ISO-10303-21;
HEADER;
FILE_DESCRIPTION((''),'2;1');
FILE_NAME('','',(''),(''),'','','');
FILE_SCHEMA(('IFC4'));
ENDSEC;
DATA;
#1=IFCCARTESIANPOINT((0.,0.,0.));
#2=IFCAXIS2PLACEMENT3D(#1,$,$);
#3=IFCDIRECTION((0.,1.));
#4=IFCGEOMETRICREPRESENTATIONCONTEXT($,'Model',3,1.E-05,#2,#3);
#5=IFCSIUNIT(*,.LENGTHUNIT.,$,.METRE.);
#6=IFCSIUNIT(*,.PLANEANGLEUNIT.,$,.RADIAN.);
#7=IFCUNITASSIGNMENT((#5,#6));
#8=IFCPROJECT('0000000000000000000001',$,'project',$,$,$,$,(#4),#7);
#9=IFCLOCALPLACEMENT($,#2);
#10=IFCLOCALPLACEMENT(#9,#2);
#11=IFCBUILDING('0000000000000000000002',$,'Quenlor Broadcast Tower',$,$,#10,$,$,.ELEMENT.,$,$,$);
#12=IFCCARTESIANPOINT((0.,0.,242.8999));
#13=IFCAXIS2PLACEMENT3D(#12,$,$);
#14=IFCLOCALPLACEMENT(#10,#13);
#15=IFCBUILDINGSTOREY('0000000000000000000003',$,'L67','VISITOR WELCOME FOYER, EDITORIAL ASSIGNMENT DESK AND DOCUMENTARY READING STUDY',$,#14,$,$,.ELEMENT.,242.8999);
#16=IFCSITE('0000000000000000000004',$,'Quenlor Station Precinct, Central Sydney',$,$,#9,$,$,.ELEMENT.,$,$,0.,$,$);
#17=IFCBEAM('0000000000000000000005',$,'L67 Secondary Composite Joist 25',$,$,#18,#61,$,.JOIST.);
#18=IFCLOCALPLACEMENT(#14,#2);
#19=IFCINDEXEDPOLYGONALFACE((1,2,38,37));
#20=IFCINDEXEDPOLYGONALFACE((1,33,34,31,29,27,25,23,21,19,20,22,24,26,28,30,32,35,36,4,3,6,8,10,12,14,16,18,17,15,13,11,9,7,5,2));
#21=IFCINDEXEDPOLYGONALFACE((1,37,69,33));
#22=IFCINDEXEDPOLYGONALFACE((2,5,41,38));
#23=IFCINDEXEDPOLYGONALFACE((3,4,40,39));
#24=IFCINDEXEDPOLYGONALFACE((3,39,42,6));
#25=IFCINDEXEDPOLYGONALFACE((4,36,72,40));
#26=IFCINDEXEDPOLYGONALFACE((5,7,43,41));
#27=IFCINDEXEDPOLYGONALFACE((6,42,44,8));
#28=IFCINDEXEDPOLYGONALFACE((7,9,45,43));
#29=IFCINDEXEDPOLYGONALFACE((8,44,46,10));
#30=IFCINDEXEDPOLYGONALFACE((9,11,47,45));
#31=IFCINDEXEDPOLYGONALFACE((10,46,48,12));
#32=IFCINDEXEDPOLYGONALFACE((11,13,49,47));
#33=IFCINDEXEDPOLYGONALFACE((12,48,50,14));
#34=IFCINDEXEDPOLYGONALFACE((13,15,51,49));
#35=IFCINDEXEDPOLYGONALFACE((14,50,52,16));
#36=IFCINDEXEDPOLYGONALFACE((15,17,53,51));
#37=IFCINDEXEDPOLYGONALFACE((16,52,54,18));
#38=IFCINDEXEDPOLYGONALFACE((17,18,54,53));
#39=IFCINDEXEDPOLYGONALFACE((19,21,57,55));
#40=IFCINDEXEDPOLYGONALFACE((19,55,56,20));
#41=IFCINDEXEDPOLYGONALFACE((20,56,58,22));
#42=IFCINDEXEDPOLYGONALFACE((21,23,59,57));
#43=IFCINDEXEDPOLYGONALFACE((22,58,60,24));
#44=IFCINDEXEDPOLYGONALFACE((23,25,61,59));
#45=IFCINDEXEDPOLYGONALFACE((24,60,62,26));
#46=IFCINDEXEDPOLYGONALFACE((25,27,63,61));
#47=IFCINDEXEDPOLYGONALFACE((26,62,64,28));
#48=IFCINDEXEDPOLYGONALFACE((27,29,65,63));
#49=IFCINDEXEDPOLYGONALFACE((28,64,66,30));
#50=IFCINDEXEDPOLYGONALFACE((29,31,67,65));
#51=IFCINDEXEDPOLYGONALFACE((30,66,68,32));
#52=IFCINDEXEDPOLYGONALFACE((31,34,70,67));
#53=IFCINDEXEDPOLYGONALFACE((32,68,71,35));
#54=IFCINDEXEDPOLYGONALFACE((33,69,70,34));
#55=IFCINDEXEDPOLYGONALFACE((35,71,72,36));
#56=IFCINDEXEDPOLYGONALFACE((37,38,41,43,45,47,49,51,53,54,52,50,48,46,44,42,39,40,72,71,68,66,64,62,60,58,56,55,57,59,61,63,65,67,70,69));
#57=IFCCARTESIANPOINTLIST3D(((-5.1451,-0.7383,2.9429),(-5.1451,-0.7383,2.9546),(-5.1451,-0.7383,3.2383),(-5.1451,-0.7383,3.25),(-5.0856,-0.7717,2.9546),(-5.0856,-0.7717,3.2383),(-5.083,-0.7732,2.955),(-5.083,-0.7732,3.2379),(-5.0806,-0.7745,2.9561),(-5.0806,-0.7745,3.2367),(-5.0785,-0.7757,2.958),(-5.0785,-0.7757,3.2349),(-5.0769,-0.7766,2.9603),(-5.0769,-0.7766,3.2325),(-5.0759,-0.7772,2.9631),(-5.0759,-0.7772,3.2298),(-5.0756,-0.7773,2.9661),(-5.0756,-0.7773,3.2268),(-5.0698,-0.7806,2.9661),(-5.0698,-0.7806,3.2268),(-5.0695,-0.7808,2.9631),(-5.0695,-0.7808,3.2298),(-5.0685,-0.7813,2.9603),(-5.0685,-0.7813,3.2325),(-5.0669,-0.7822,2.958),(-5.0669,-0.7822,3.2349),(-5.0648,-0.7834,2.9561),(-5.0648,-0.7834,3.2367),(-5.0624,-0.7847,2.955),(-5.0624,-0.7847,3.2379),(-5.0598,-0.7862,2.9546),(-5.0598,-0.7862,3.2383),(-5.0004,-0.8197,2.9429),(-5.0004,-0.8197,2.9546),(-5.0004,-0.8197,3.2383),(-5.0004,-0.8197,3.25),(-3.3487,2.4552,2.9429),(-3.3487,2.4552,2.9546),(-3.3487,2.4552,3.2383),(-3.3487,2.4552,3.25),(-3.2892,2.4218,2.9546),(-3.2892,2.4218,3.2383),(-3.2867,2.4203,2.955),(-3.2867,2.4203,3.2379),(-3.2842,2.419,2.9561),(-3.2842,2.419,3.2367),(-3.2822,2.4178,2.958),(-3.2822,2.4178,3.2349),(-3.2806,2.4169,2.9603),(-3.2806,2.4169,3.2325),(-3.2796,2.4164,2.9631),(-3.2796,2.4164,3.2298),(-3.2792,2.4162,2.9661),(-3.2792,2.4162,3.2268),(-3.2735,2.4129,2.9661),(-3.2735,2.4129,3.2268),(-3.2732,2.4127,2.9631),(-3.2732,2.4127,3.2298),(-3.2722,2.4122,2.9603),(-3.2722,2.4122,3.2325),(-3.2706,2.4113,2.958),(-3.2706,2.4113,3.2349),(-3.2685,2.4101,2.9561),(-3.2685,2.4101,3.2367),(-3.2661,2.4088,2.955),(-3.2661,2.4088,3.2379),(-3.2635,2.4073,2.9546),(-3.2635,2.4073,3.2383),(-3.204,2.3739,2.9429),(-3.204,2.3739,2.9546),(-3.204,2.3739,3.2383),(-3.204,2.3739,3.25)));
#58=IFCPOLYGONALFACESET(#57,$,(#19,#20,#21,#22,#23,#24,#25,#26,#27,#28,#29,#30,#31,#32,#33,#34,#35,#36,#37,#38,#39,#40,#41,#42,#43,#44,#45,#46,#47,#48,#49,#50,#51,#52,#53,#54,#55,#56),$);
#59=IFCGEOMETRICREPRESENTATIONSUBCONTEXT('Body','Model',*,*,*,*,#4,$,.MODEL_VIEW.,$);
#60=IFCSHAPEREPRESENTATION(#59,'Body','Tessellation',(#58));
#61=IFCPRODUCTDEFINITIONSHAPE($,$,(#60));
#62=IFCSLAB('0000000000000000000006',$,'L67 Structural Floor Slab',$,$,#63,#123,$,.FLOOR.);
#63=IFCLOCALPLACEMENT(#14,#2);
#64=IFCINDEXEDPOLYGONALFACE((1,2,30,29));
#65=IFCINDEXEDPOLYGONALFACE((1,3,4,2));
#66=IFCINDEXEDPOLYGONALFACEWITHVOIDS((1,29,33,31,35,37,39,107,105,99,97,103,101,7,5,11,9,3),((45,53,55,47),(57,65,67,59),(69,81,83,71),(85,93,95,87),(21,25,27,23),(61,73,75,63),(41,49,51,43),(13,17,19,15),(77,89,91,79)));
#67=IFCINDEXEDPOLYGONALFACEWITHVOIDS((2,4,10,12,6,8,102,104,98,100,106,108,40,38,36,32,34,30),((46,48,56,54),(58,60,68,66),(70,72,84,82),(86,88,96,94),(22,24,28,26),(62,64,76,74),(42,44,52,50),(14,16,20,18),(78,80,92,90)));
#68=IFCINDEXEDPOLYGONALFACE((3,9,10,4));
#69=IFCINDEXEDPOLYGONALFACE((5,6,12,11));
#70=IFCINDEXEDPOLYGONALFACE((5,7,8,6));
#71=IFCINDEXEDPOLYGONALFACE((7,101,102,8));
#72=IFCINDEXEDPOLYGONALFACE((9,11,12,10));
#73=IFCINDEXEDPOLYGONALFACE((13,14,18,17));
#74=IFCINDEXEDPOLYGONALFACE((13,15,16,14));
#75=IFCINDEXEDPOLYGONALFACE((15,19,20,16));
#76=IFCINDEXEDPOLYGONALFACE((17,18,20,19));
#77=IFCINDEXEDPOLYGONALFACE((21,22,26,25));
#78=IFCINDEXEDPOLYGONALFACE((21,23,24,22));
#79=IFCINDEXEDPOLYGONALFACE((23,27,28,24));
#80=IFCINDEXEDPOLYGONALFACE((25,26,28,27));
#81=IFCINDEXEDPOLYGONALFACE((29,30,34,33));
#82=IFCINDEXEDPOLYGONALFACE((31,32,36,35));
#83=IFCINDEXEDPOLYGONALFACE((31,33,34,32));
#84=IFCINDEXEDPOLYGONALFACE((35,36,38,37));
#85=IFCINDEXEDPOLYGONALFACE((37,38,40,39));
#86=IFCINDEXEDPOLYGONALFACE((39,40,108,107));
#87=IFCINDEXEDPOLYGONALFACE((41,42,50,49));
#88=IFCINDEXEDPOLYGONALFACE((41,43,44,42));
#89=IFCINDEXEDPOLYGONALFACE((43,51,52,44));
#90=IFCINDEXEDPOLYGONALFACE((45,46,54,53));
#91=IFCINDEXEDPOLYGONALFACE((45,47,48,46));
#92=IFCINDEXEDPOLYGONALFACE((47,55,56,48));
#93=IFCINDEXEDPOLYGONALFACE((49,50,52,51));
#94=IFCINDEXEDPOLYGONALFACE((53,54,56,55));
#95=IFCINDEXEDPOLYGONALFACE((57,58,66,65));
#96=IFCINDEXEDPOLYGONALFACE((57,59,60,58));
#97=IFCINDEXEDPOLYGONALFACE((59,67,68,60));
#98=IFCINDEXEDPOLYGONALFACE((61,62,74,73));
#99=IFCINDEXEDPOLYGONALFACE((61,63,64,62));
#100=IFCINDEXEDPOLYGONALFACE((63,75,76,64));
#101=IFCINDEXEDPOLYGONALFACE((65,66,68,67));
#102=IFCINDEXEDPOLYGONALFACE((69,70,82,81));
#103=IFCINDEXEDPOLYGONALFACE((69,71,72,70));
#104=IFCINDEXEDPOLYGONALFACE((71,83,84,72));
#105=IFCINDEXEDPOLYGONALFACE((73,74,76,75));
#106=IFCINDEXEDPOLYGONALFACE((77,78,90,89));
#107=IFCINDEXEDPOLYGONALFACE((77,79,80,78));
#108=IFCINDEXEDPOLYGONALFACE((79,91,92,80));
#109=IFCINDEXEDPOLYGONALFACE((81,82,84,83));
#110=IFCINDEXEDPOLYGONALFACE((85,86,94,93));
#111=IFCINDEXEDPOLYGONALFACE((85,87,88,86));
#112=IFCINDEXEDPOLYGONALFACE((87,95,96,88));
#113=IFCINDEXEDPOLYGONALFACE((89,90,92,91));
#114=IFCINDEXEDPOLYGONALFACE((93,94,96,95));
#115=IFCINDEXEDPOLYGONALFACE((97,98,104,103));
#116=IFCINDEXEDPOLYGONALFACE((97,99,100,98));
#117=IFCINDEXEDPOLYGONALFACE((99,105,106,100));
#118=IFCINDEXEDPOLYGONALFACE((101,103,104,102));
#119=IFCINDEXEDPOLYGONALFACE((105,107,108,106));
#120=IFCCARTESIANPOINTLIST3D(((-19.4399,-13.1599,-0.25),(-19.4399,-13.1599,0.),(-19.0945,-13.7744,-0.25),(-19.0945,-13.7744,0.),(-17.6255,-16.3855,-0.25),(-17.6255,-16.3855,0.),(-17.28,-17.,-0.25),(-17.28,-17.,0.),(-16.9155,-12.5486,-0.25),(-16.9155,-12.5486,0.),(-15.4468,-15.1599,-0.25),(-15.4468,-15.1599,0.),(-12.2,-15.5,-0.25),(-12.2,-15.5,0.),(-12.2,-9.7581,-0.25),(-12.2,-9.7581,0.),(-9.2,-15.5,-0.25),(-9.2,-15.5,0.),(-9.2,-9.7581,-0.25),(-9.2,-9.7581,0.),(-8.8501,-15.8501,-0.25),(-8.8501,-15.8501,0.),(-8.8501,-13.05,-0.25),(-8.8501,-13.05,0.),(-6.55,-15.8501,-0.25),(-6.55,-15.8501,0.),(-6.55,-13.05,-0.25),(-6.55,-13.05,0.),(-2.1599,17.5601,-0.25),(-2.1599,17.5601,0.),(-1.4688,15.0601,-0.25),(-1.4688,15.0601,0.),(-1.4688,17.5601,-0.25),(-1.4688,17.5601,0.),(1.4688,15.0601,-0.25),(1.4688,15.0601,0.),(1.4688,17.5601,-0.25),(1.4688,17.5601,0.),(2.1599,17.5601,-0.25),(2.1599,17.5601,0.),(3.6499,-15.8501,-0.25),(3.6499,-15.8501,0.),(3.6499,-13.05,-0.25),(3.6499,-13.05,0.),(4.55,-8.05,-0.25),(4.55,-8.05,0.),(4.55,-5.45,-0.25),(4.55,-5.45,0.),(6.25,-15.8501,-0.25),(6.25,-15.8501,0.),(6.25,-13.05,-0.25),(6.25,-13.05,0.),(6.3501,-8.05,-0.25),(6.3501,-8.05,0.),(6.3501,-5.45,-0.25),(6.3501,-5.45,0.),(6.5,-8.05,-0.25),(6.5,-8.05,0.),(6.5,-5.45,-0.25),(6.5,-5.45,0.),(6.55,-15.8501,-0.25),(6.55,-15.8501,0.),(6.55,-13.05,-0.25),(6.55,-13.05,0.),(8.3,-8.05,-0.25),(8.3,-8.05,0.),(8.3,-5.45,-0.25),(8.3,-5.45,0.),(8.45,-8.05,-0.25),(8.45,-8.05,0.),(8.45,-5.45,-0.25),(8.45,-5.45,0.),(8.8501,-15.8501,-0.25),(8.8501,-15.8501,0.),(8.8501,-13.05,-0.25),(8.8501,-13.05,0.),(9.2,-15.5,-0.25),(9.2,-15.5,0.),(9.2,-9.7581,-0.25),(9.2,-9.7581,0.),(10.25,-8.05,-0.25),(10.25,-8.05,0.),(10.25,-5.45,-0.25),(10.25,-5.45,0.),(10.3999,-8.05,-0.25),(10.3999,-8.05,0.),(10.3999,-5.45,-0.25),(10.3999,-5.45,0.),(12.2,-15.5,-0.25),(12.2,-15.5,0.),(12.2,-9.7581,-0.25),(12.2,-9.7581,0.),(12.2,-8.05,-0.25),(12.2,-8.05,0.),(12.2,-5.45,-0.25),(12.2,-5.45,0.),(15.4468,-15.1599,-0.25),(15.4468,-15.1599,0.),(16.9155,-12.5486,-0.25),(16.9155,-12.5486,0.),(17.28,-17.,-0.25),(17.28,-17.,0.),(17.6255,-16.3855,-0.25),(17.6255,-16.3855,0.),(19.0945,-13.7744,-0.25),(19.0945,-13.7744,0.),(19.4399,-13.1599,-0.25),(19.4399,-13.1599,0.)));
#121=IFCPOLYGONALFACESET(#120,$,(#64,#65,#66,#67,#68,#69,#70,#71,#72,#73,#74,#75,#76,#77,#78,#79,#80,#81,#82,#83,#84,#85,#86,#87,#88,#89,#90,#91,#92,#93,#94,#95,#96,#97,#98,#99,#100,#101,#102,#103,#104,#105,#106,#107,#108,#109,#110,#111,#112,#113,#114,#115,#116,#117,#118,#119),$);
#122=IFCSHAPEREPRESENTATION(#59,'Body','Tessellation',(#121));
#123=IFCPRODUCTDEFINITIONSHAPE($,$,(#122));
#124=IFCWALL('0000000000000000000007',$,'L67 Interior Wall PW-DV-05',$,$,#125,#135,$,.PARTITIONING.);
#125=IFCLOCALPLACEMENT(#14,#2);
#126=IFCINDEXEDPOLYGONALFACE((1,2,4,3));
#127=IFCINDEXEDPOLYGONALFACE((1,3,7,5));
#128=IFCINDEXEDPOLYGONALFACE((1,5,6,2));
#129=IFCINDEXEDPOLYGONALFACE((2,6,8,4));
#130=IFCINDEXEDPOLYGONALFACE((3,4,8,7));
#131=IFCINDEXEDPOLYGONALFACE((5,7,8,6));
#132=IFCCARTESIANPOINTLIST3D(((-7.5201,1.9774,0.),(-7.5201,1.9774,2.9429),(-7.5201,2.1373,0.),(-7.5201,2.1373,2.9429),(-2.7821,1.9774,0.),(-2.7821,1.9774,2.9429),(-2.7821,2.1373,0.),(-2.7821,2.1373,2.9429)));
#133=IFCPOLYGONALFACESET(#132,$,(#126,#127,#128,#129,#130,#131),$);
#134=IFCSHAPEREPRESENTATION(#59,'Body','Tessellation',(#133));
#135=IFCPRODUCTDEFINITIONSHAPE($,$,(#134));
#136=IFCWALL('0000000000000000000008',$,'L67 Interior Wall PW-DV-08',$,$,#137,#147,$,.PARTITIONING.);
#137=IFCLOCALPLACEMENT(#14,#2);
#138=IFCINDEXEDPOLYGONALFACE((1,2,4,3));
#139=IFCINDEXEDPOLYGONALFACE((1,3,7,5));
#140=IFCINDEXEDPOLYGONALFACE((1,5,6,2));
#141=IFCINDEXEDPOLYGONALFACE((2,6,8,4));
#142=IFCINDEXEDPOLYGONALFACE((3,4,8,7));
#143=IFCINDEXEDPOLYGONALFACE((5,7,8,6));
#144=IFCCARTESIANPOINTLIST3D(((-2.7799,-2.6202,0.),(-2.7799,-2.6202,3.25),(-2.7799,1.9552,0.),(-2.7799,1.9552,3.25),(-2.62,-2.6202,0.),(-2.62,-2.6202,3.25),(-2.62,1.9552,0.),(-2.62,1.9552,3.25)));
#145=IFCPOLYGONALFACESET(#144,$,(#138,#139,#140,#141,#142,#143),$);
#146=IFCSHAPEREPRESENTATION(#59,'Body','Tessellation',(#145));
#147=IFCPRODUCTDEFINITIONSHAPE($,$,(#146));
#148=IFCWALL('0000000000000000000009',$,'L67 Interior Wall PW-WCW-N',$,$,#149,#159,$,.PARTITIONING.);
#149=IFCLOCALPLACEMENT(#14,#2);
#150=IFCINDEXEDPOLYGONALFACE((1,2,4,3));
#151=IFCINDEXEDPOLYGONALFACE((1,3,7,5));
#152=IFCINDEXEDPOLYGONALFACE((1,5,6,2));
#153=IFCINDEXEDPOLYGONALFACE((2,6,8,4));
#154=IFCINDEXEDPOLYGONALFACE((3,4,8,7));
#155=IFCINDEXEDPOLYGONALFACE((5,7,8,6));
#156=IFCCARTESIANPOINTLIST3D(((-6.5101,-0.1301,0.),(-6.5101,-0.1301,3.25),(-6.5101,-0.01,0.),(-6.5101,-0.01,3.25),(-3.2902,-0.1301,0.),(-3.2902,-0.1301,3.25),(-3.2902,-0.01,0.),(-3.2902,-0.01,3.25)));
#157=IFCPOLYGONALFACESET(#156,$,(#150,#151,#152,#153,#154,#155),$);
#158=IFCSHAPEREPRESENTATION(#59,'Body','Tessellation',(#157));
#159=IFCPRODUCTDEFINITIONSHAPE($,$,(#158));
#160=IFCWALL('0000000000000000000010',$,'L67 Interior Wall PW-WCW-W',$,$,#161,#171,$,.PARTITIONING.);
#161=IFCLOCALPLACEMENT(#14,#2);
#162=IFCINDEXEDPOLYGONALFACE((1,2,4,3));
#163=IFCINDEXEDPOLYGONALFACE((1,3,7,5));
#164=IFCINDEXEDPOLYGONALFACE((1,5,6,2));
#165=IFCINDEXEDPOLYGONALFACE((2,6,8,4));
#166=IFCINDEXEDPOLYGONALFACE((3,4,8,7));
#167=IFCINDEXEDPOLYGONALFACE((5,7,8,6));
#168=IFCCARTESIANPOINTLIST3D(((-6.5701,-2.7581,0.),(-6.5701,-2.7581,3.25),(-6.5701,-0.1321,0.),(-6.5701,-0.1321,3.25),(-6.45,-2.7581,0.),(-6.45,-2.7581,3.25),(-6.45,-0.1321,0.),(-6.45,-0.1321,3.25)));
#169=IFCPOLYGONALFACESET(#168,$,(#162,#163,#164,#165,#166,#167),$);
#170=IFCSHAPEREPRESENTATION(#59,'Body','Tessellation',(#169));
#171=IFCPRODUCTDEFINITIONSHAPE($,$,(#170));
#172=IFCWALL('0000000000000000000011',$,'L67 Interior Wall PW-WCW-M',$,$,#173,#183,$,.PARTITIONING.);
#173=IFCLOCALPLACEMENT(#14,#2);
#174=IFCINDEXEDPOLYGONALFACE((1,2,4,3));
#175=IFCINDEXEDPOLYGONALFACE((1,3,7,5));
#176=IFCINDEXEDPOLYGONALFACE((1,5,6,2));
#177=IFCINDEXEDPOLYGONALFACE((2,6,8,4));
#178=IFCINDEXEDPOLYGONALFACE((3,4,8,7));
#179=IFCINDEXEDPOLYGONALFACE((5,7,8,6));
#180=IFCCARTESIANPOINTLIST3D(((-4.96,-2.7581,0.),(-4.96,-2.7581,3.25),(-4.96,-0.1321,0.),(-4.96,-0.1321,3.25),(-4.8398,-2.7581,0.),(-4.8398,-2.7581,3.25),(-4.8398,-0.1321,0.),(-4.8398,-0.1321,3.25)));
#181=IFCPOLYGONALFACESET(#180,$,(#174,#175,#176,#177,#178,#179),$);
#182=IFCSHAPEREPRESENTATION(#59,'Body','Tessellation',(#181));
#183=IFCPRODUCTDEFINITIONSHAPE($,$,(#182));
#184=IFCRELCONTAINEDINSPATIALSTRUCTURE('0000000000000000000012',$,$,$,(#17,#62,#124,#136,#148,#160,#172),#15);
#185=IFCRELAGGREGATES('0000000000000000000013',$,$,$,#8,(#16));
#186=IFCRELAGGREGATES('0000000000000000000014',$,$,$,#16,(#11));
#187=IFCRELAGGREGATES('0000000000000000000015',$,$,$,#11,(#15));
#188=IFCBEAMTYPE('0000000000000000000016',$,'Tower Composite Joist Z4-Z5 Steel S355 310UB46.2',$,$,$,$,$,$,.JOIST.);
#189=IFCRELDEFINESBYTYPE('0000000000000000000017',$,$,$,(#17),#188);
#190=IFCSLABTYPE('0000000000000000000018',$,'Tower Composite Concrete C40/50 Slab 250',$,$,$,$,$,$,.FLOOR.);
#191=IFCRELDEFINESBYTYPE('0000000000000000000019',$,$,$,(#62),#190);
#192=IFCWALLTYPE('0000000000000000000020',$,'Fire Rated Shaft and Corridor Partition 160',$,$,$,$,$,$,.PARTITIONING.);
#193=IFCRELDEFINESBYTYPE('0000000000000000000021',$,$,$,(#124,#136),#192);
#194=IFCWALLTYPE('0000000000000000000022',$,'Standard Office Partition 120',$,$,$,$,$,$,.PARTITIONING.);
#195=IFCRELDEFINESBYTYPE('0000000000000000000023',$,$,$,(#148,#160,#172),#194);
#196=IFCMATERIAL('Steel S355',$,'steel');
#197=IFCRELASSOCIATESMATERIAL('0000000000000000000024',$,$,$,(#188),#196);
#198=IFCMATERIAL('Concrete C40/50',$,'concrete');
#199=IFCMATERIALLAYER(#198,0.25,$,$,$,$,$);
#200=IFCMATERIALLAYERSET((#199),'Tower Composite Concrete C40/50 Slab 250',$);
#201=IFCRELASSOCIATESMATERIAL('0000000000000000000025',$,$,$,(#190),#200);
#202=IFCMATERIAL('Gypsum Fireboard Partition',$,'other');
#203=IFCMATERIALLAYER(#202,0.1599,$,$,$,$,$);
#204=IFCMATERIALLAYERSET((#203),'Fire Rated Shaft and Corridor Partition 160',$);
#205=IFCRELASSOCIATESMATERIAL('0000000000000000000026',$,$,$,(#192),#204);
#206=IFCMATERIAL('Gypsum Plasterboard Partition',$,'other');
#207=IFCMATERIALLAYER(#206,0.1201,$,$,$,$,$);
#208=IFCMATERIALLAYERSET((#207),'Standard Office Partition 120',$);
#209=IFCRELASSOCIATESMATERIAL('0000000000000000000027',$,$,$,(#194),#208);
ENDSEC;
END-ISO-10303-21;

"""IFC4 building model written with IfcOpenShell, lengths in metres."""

from ifc_helpers import new_model, si_unit, direction, frame, frame_2d, origin, origin_2d, place, context, subcontext, project, spatial, polyline, rectangle, i_section, outline, extrude, material, layer, layer_set, material_profile, profile_set, type_object, element, save


model = new_model("IFC4")

# Units and contexts
model_context = context("Model", 3, precision=1e-05, world=origin(), true_north=direction((0.0, 1.0)))
body_context = subcontext(model_context, "Body", "Model", "MODEL_VIEW")
ifc_project = project(units=[si_unit("LENGTHUNIT", "METRE"), si_unit("PLANEANGLEUNIT", "RADIAN")], contexts=[model_context])

# Site, building, storey
site_placement = place(None, origin())
site = spatial("IfcSite", under=ifc_project, at=site_placement, Name="Quenlor Station Precinct, Central Sydney", CompositionType="ELEMENT", RefElevation=0.0)
building_placement = place(site_placement, origin())
building = spatial("IfcBuilding", under=site, at=building_placement, Name="Quenlor Broadcast Tower", CompositionType="ELEMENT")
storey_placement = place(building_placement, frame((0.0, 0.0, 242.8999)))
storey = spatial("IfcBuildingStorey", under=building, at=storey_placement, Name="L67", Description="VISITOR WELCOME FOYER, EDITORIAL ASSIGNMENT DESK AND DOCUMENTARY READING STUDY", CompositionType="ELEMENT", Elevation=242.8999)

# Beam
ifc_material_1 = material(Name="Steel S355", Category="steel")
ifc_material_profile = material_profile(ifc_material_1, i_section(OverallWidth=0.166, OverallDepth=0.3071, WebThickness=0.0066, FlangeThickness=0.0117, FilletRadius=0.0115, at=origin_2d()))
ifc_profile_set = profile_set([ifc_material_profile], Name="Steel S355 310UB46.2")
beam_type = type_object("IfcBeamType", Name="Tower Composite Joist Z4-Z5 Steel S355 310UB46.2", PredefinedType="JOIST", material=ifc_profile_set)
beam_1_placement = place(storey_placement, frame((-3.2764, 2.4146, 3.0964), z_axis=(-0.490258, -0.871577, 0.0), x_axis=(0.871577, -0.490258, 0.0)))
element("IfcBeam", 1, at=beam_1_placement, inside=storey, type_object=beam_type, Name="L67 Secondary Composite Joist 25", PredefinedType="JOIST", context=body_context, shape_type="SweptSolid", body=[
    extrude(i_section(OverallWidth=0.166, OverallDepth=0.3071, WebThickness=0.0066, FlangeThickness=0.0117, FilletRadius=0.0115, at=origin_2d()), origin(), (0.0, 0.0, 1.0), 3.6641),
])

# Slab
ifc_material_2 = material(Name="Concrete C40/50", Category="concrete")
ifc_layer_1 = layer(ifc_material_2, 0.25)
ifc_layer_set_1 = layer_set([ifc_layer_1], Name="Tower Composite Concrete C40/50 Slab 250")
slab_type = type_object("IfcSlabType", Name="Tower Composite Concrete C40/50 Slab 250", PredefinedType="FLOOR", material=ifc_layer_set_1)
slab_placement = place(storey_placement, frame((0.0, 0.0, -0.25)))
element("IfcSlab", 2, at=slab_placement, inside=storey, type_object=slab_type, Name="L67 Structural Floor Slab", PredefinedType="FLOOR", context=body_context, shape_type="SweptSolid", body=[
    extrude(outline(polyline([(17.28, -17.0), (17.6255, -16.3855), (15.4468, -15.1599), (16.9155, -12.5486), (19.0945, -13.7744), (19.4399, -13.1599), (2.1599, 17.5601), (1.4688, 17.5601), (1.4688, 15.0601), (-1.4688, 15.0601), (-1.4688, 17.5601), (-2.1599, 17.5601), (-19.4399, -13.1599), (-19.0945, -13.7744), (-16.9155, -12.5486), (-15.4468, -15.1599), (-17.6255, -16.3855), (-17.28, -17.0), (17.28, -17.0)]), holes=[polyline([(-12.2, -9.7581), (-12.2, -15.5), (-9.2, -15.5), (-9.2, -9.7581), (-12.2, -9.7581)]), polyline([(9.2, -9.7581), (9.2, -15.5), (12.2, -15.5), (12.2, -9.7581), (9.2, -9.7581)]), polyline([(4.55, -8.05), (6.3501, -8.05), (6.3501, -5.45), (4.55, -5.45), (4.55, -8.05)]), polyline([(6.5, -8.05), (8.3, -8.05), (8.3, -5.45), (6.5, -5.45), (6.5, -8.05)]), polyline([(8.45, -8.05), (10.25, -8.05), (10.25, -5.45), (8.45, -5.45), (8.45, -8.05)]), polyline([(10.3999, -8.05), (12.2, -8.05), (12.2, -5.45), (10.3999, -5.45), (10.3999, -8.05)]), polyline([(-8.8501, -15.8501), (-6.55, -15.8501), (-6.55, -13.05), (-8.8501, -13.05), (-8.8501, -15.8501)]), polyline([(6.55, -15.8501), (8.8501, -15.8501), (8.8501, -13.05), (6.55, -13.05), (6.55, -15.8501)]), polyline([(3.6499, -15.8501), (6.25, -15.8501), (6.25, -13.05), (3.6499, -13.05), (3.6499, -15.8501)])]), origin(), (0.0, 0.0, 1.0), 0.25),
])

# Walls
ifc_material_3 = material(Name="Gypsum Fireboard Partition", Category="other")
ifc_layer_2 = layer(ifc_material_3, 0.1599)
ifc_layer_set_2 = layer_set([ifc_layer_2], Name="Fire Rated Shaft and Corridor Partition 160")
wall_type_1 = type_object("IfcWallType", Name="Fire Rated Shaft and Corridor Partition 160", PredefinedType="PARTITIONING", material=ifc_layer_set_2)
wall_1_placement = place(storey_placement, frame((-2.782, 2.0574, 0.0), z_axis=(0.0, 0.0, 1.0), x_axis=(-1.0, 0.0, 0.0)))
element("IfcWall", 3, at=wall_1_placement, inside=storey, type_object=wall_type_1, Name="L67 Interior Wall PW-DV-05", PredefinedType="PARTITIONING", context=body_context, shape_type="SweptSolid", body=[
    extrude(rectangle(XDim=4.738, YDim=0.1599, at=frame_2d((2.3691, 0.0))), origin(), (0.0, 0.0, 1.0), 2.9429),
])
wall_2_placement = place(storey_placement, frame((-2.7, -2.6201, 0.0), z_axis=(0.0, 0.0, 1.0), x_axis=(0.0, 1.0, 0.0)))
element("IfcWall", 4, at=wall_2_placement, inside=storey, type_object=wall_type_1, Name="L67 Interior Wall PW-DV-08", PredefinedType="PARTITIONING", context=body_context, shape_type="SweptSolid", body=[
    extrude(rectangle(XDim=4.5754, YDim=0.1599, at=frame_2d((2.2876, 0.0))), origin(), (0.0, 0.0, 1.0), 3.25),
])
ifc_material_4 = material(Name="Gypsum Plasterboard Partition", Category="other")
ifc_layer_3 = layer(ifc_material_4, 0.1201)
ifc_layer_set_3 = layer_set([ifc_layer_3], Name="Standard Office Partition 120")
wall_type_2 = type_object("IfcWallType", Name="Standard Office Partition 120", PredefinedType="PARTITIONING", material=ifc_layer_set_3)
wall_3_placement = place(storey_placement, frame((-6.51, -0.0701, 0.0), z_axis=(0.0, 0.0, 1.0), x_axis=(1.0, 0.0, 0.0)))
element("IfcWall", 5, at=wall_3_placement, inside=storey, type_object=wall_type_2, Name="L67 Interior Wall PW-WCW-N", PredefinedType="PARTITIONING", context=body_context, shape_type="SweptSolid", body=[
    extrude(rectangle(XDim=3.22, YDim=0.1201, at=frame_2d((1.6099, 0.0))), origin(), (0.0, 0.0, 1.0), 3.25),
])
for number, where, z_axis, x_axis, name in (
    (6, (-6.51, -2.7581, 0.0), (0.0, 0.0, 1.0), (0.0, 1.0, 0.0), "L67 Interior Wall PW-WCW-W"),
    (7, (-4.8999, -2.7581, 0.0), (0.0, 0.0, 1.0), (0.0, 1.0, 0.0), "L67 Interior Wall PW-WCW-M"),
):
    element("IfcWall", number, at=place(storey_placement, frame(where, z_axis=z_axis, x_axis=x_axis)), inside=storey, type_object=wall_type_2, Name=name, PredefinedType="PARTITIONING", context=body_context, shape_type="SweptSolid", body=[
        extrude(rectangle(XDim=2.626, YDim=0.1201, at=frame_2d((1.313, 0.0))), origin(), (0.0, 0.0, 1.0), 3.25),
    ])

save(model, "model.ifc")
